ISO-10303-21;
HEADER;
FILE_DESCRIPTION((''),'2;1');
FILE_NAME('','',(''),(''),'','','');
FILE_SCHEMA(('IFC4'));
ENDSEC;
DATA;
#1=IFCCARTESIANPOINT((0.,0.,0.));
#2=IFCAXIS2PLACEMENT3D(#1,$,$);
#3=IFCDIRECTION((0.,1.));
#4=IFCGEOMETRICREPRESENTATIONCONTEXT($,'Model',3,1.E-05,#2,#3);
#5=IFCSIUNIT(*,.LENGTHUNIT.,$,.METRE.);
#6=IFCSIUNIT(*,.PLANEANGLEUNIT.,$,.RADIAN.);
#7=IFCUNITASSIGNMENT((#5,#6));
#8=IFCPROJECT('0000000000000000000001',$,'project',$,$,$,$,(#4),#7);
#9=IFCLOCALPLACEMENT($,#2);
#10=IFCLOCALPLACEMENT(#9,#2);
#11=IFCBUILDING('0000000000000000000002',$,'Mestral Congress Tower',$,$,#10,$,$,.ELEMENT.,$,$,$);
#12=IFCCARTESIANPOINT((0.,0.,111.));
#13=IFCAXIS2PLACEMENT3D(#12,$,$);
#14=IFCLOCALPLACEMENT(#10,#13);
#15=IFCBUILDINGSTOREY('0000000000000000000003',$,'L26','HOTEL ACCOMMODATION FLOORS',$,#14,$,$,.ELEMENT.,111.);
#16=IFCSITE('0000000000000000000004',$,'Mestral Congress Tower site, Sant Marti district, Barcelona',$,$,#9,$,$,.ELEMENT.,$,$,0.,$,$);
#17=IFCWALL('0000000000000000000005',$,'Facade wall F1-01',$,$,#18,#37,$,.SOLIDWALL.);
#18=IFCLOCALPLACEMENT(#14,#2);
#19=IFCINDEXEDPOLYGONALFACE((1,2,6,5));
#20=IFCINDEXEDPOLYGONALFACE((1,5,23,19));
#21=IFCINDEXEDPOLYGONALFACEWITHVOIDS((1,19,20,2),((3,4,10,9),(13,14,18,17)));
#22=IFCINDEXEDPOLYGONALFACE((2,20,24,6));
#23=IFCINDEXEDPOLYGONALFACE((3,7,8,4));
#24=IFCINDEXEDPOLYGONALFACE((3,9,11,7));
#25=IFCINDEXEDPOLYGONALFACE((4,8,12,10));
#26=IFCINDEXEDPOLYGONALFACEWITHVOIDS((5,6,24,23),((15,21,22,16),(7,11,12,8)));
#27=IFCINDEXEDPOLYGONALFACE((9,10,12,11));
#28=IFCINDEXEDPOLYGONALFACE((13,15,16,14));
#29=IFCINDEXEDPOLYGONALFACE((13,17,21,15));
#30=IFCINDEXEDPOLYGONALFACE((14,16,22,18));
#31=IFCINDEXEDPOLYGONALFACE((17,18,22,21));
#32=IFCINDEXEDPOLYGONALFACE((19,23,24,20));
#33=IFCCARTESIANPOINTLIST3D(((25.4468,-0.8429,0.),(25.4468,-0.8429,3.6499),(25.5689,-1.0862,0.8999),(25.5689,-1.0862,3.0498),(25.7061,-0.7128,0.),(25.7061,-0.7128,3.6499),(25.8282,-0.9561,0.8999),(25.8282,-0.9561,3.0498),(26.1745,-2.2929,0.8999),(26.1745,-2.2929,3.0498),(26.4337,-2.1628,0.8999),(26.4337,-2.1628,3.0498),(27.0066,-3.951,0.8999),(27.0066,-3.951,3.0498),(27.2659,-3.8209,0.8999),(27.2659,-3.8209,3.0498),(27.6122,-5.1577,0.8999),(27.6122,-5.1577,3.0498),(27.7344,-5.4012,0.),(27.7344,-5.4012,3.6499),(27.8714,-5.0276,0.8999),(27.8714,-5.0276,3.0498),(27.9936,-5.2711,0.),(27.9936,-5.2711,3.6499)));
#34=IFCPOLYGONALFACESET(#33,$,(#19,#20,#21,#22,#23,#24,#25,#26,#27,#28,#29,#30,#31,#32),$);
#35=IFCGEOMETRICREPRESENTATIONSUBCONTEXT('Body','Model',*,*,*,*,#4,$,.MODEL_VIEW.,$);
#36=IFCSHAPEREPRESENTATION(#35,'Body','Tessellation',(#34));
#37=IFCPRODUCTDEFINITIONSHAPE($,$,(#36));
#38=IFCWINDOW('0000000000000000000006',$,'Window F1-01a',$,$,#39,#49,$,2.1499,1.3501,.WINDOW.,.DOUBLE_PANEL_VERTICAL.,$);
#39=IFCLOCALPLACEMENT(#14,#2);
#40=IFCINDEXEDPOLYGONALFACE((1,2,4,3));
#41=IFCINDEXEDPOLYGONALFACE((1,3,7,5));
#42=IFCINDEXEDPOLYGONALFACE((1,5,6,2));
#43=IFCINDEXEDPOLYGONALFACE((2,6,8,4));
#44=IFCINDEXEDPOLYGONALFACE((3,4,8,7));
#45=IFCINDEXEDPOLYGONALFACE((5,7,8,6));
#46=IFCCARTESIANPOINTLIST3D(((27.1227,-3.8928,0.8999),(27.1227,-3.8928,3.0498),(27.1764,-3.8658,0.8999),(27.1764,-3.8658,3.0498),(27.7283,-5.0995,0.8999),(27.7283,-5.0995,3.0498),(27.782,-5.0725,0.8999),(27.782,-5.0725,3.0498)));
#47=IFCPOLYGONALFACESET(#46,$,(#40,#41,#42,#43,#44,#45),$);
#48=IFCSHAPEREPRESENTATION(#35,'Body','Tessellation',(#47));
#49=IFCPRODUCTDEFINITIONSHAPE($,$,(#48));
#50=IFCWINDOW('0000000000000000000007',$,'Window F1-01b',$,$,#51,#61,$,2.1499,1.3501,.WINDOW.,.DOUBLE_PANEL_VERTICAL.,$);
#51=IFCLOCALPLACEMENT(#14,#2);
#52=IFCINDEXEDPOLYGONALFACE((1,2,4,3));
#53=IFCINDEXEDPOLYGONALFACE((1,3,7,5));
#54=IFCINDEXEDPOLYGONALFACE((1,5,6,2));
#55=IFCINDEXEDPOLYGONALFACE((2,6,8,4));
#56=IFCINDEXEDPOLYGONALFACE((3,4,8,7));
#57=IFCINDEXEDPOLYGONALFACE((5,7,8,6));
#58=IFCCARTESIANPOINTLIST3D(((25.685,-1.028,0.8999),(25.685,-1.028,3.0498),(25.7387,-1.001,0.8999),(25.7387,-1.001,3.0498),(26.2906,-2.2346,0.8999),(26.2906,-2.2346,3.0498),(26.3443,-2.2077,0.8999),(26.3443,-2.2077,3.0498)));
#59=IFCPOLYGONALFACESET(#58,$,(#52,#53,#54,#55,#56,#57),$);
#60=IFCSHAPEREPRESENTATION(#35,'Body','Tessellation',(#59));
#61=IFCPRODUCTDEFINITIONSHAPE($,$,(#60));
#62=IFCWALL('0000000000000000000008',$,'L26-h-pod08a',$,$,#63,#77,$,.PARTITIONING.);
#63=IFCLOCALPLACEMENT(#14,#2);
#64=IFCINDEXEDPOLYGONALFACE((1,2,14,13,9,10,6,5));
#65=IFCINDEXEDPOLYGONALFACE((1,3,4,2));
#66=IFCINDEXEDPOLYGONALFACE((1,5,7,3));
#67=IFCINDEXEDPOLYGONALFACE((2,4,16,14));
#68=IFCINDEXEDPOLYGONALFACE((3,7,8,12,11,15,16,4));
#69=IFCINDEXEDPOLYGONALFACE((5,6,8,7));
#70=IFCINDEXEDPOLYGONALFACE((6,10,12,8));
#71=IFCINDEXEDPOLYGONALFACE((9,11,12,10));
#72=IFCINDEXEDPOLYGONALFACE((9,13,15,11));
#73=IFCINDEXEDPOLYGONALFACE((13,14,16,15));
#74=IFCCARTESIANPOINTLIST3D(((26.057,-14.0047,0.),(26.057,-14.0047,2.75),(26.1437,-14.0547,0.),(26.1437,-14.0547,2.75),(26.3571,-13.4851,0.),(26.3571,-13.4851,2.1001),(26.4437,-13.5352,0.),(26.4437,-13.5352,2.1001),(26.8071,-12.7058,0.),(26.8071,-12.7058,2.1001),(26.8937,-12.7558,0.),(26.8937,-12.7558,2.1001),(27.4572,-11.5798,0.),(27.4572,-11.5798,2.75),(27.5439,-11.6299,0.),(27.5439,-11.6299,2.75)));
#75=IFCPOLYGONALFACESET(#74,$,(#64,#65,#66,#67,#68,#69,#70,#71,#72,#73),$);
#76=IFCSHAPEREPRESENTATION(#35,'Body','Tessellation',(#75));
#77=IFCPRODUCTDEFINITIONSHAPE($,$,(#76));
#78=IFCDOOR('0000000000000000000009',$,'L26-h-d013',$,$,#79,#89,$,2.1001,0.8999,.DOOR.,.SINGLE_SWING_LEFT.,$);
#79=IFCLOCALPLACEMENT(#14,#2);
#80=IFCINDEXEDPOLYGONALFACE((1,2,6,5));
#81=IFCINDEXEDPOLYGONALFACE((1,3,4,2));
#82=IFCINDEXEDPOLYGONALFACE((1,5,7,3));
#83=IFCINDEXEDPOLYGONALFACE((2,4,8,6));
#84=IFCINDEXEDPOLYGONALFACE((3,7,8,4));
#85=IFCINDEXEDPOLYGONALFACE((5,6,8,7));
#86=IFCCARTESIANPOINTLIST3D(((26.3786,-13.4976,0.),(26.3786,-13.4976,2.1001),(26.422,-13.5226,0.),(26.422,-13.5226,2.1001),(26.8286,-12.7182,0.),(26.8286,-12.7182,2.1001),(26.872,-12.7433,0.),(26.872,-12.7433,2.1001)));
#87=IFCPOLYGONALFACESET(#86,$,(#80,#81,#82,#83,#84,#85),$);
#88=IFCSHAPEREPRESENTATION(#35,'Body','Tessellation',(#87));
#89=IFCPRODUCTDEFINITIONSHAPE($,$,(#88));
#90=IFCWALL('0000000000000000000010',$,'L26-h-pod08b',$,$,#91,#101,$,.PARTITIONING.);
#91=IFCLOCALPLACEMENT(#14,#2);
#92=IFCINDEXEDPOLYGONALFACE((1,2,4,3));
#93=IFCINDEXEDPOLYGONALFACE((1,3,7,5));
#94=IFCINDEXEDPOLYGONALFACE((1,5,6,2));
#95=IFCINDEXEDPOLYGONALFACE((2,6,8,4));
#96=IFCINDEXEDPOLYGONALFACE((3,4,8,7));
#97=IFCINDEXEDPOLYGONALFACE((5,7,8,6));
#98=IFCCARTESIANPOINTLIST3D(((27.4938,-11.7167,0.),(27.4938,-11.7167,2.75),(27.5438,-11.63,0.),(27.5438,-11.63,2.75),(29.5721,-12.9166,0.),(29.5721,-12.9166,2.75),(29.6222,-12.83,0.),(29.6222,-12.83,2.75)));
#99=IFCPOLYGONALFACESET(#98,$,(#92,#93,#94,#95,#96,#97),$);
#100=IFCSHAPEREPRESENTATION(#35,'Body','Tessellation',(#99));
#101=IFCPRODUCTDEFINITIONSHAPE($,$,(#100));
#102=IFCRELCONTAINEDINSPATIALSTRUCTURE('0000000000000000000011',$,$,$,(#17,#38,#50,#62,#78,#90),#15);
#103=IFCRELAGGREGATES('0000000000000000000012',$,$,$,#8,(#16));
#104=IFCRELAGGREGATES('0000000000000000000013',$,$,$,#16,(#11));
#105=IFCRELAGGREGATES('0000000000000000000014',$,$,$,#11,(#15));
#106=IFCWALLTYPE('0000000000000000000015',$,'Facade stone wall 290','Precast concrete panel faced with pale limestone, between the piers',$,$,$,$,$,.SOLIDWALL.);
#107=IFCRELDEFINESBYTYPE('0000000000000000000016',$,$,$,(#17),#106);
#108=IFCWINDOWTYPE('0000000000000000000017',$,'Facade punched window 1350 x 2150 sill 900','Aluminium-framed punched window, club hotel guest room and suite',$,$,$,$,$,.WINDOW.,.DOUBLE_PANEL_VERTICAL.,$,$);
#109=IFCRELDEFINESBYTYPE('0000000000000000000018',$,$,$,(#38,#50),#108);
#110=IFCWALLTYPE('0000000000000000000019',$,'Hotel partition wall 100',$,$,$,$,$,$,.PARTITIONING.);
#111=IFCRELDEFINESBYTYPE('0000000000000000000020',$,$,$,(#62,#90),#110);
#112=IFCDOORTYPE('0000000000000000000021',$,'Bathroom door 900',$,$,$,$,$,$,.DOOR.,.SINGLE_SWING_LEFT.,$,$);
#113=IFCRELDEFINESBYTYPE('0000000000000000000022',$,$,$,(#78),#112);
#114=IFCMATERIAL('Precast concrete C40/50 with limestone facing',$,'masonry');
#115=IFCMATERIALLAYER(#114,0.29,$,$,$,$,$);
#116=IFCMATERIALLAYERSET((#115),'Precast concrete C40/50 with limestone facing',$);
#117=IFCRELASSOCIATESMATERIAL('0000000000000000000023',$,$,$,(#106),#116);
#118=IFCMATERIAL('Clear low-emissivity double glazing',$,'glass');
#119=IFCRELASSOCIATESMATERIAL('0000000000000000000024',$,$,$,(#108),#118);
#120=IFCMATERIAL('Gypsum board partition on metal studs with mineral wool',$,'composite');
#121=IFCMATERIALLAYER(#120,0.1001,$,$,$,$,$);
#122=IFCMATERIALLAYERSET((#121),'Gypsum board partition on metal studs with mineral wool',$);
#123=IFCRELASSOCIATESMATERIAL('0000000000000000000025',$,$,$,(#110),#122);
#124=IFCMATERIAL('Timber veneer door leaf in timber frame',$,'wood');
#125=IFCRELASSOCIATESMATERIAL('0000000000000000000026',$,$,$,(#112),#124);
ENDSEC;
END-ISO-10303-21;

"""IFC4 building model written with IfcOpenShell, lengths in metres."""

from ifc_helpers import new_model, si_unit, direction, frame, frame_2d, origin, place, context, subcontext, project, spatial, rectangle, extrude, material, layer, layer_set, type_object, element, fill, save


model = new_model("IFC4")

# Units and contexts
model_context = context("Model", 3, precision=1e-05, world=origin(), true_north=direction((0.0, 1.0)))
body_context = subcontext(model_context, "Body", "Model", "MODEL_VIEW")
ifc_project = project(units=[si_unit("LENGTHUNIT", "METRE"), si_unit("PLANEANGLEUNIT", "RADIAN")], contexts=[model_context])

# Site, building, storey
site_placement = place(None, origin())
site = spatial("IfcSite", under=ifc_project, at=site_placement, Name="Mestral Congress Tower site, Sant Marti district, Barcelona", CompositionType="ELEMENT", RefElevation=0.0)
building_placement = place(site_placement, origin())
building = spatial("IfcBuilding", under=site, at=building_placement, Name="Mestral Congress Tower", CompositionType="ELEMENT")
storey_placement = place(building_placement, frame((0.0, 0.0, 111.0)))
storey = spatial("IfcBuildingStorey", under=building, at=storey_placement, Name="L26", Description="HOTEL ACCOMMODATION FLOORS", CompositionType="ELEMENT", Elevation=111.0)

# Shared definitions
ifc_material_1 = material(Name="Precast concrete C40/50 with limestone facing", Category="masonry")
ifc_layer_1 = layer(ifc_material_1, 0.29)
ifc_layer_set_1 = layer_set([ifc_layer_1], Name="Precast concrete C40/50 with limestone facing")
wall_type_1 = type_object("IfcWallType", Name="Facade stone wall 290", Description="Precast concrete panel faced with pale limestone, between the piers", PredefinedType="SOLIDWALL", material=ifc_layer_set_1)
ifc_material_2 = material(Name="Clear low-emissivity double glazing", Category="glass")

# Wall, openings, windows
window_type_1 = type_object("IfcWindowType", Name="Facade punched window 1350 x 2150 sill 900", Description="Aluminium-framed punched window, club hotel guest room and suite", PartitioningType="DOUBLE_PANEL_VERTICAL", PredefinedType="WINDOW", material=ifc_material_2)
wall_1_placement = place(storey_placement, frame((27.864, -5.3362, 0.0), z_axis=(0.0, 0.0, 1.0), x_axis=(-0.448534, 0.893766, 0.0)))
wall_1 = element("IfcWall", 1, at=wall_1_placement, inside=storey, type_object=wall_type_1, Name="Facade wall F1-01", PredefinedType="SOLIDWALL", context=body_context, shape_type="SweptSolid", body=[
    extrude(rectangle(XDim=5.1001, YDim=0.29, at=frame_2d((2.55, 0.0))), origin(), (0.0, 0.0, 1.0), 3.6499),
])
opening_1_placement = place(wall_1_placement, frame((0.2725, 0.0, 0.8999)))
opening_1 = element("IfcOpeningElement", 2, at=opening_1_placement, cuts=wall_1, PredefinedType="OPENING", context=body_context, shape_type="SweptSolid", body=[
    extrude(rectangle(XDim=1.3501, YDim=2.1499, at=frame_2d((0.675, 1.075))), frame((0.0, 0.155, 0.0), z_axis=(0.0, -1.0, 0.0), x_axis=(1.0, 0.0, 0.0)), (0.0, 0.0, 1.0), 0.3101),
])
opening_2_placement = place(wall_1_placement, frame((3.4778, 0.0, 0.8999)))
opening_2 = element("IfcOpeningElement", 3, at=opening_2_placement, cuts=wall_1, PredefinedType="OPENING", context=body_context, shape_type="SweptSolid", body=[
    extrude(rectangle(XDim=1.3501, YDim=2.1499, at=frame_2d((0.675, 1.075))), frame((0.0, 0.155, 0.0), z_axis=(0.0, -1.0, 0.0), x_axis=(1.0, 0.0, 0.0)), (0.0, 0.0, 1.0), 0.3101),
])
window_1_placement = place(opening_1_placement, origin())
window_1 = element("IfcWindow", 4, at=window_1_placement, inside=storey, type_object=window_type_1, Name="Window F1-01a", OverallHeight=2.1499, OverallWidth=1.3501, PartitioningType="DOUBLE_PANEL_VERTICAL", PredefinedType="WINDOW", context=body_context, shape_type="SweptSolid", body=[
    extrude(rectangle(XDim=1.3501, YDim=2.1499, at=frame_2d((0.675, 1.075))), frame((0.0, 0.0151, 0.0), z_axis=(0.0, -1.0, 0.0), x_axis=(1.0, 0.0, 0.0)), (0.0, 0.0, 1.0), 0.0601),
])
fill(opening_1, window_1)
window_2_placement = place(opening_2_placement, origin())
window_2 = element("IfcWindow", 5, at=window_2_placement, inside=storey, type_object=window_type_1, Name="Window F1-01b", OverallHeight=2.1499, OverallWidth=1.3501, PartitioningType="DOUBLE_PANEL_VERTICAL", PredefinedType="WINDOW", context=body_context, shape_type="SweptSolid", body=[
    extrude(rectangle(XDim=1.3501, YDim=2.1499, at=frame_2d((0.675, 1.075))), frame((0.0, 0.0151, 0.0), z_axis=(0.0, -1.0, 0.0), x_axis=(1.0, 0.0, 0.0)), (0.0, 0.0, 1.0), 0.0601),
])
fill(opening_2, window_2)

# Wall, opening, door
ifc_material_3 = material(Name="Gypsum board partition on metal studs with mineral wool", Category="composite")
ifc_layer_2 = layer(ifc_material_3, 0.1001)
ifc_layer_set_2 = layer_set([ifc_layer_2], Name="Gypsum board partition on metal studs with mineral wool")
wall_type_2 = type_object("IfcWallType", Name="Hotel partition wall 100", PredefinedType="PARTITIONING", material=ifc_layer_set_2)
wall_2_placement = place(storey_placement, frame((27.5005, -11.605, 0.0), z_axis=(0.0, 0.0, 1.0), x_axis=(-0.50005, -0.865997, 0.0)))
wall_2 = element("IfcWall", 6, at=wall_2_placement, inside=storey, type_object=wall_type_2, Name="L26-h-pod08a", PredefinedType="PARTITIONING", context=body_context, shape_type="SweptSolid", body=[
    extrude(rectangle(XDim=2.8, YDim=0.1001, at=frame_2d((1.3999, 0.0))), origin(), (0.0, 0.0, 1.0), 2.75),
])
opening_3_placement = place(wall_2_placement, frame((1.3, 0.0, 0.0)))
opening_3 = element("IfcOpeningElement", 7, at=opening_3_placement, cuts=wall_2, PredefinedType="OPENING", context=body_context, shape_type="SweptSolid", body=[
    extrude(rectangle(XDim=0.8999, YDim=2.1001, at=frame_2d((0.45, 1.05))), frame((0.0, 0.0601, 0.0), z_axis=(0.0, -1.0, 0.0), x_axis=(1.0, 0.0, 0.0)), (0.0, 0.0, 1.0), 0.1201),
])
ifc_material_4 = material(Name="Timber veneer door leaf in timber frame", Category="wood")
door_type = type_object("IfcDoorType", Name="Bathroom door 900", OperationType="SINGLE_SWING_LEFT", PredefinedType="DOOR", material=ifc_material_4)
door_placement = place(opening_3_placement, origin())
door = element("IfcDoor", 8, at=door_placement, inside=storey, type_object=door_type, Name="L26-h-d013", OperationType="SINGLE_SWING_LEFT", OverallHeight=2.1001, OverallWidth=0.8999, PredefinedType="DOOR", context=body_context, shape_type="SweptSolid", body=[
    extrude(rectangle(XDim=0.8999, YDim=2.1001, at=frame_2d((0.45, 1.05))), frame((0.0, 0.0249, 0.0), z_axis=(0.0, -1.0, 0.0), x_axis=(1.0, 0.0, 0.0)), (0.0, 0.0, 1.0), 0.05),
])
fill(opening_3, door)

# Wall
wall_3_placement = place(storey_placement, frame((27.5188, -11.6733, 0.0), z_axis=(0.0, 0.0, 1.0), x_axis=(0.866025, -0.500001, 0.0)))
element("IfcWall", 9, at=wall_3_placement, inside=storey, type_object=wall_type_2, Name="L26-h-pod08b", PredefinedType="PARTITIONING", context=body_context, shape_type="SweptSolid", body=[
    extrude(rectangle(XDim=2.3999, YDim=0.1001, at=frame_2d((1.2, 0.0))), origin(), (0.0, 0.0, 1.0), 2.75),
])

save(model, "model.ifc")
